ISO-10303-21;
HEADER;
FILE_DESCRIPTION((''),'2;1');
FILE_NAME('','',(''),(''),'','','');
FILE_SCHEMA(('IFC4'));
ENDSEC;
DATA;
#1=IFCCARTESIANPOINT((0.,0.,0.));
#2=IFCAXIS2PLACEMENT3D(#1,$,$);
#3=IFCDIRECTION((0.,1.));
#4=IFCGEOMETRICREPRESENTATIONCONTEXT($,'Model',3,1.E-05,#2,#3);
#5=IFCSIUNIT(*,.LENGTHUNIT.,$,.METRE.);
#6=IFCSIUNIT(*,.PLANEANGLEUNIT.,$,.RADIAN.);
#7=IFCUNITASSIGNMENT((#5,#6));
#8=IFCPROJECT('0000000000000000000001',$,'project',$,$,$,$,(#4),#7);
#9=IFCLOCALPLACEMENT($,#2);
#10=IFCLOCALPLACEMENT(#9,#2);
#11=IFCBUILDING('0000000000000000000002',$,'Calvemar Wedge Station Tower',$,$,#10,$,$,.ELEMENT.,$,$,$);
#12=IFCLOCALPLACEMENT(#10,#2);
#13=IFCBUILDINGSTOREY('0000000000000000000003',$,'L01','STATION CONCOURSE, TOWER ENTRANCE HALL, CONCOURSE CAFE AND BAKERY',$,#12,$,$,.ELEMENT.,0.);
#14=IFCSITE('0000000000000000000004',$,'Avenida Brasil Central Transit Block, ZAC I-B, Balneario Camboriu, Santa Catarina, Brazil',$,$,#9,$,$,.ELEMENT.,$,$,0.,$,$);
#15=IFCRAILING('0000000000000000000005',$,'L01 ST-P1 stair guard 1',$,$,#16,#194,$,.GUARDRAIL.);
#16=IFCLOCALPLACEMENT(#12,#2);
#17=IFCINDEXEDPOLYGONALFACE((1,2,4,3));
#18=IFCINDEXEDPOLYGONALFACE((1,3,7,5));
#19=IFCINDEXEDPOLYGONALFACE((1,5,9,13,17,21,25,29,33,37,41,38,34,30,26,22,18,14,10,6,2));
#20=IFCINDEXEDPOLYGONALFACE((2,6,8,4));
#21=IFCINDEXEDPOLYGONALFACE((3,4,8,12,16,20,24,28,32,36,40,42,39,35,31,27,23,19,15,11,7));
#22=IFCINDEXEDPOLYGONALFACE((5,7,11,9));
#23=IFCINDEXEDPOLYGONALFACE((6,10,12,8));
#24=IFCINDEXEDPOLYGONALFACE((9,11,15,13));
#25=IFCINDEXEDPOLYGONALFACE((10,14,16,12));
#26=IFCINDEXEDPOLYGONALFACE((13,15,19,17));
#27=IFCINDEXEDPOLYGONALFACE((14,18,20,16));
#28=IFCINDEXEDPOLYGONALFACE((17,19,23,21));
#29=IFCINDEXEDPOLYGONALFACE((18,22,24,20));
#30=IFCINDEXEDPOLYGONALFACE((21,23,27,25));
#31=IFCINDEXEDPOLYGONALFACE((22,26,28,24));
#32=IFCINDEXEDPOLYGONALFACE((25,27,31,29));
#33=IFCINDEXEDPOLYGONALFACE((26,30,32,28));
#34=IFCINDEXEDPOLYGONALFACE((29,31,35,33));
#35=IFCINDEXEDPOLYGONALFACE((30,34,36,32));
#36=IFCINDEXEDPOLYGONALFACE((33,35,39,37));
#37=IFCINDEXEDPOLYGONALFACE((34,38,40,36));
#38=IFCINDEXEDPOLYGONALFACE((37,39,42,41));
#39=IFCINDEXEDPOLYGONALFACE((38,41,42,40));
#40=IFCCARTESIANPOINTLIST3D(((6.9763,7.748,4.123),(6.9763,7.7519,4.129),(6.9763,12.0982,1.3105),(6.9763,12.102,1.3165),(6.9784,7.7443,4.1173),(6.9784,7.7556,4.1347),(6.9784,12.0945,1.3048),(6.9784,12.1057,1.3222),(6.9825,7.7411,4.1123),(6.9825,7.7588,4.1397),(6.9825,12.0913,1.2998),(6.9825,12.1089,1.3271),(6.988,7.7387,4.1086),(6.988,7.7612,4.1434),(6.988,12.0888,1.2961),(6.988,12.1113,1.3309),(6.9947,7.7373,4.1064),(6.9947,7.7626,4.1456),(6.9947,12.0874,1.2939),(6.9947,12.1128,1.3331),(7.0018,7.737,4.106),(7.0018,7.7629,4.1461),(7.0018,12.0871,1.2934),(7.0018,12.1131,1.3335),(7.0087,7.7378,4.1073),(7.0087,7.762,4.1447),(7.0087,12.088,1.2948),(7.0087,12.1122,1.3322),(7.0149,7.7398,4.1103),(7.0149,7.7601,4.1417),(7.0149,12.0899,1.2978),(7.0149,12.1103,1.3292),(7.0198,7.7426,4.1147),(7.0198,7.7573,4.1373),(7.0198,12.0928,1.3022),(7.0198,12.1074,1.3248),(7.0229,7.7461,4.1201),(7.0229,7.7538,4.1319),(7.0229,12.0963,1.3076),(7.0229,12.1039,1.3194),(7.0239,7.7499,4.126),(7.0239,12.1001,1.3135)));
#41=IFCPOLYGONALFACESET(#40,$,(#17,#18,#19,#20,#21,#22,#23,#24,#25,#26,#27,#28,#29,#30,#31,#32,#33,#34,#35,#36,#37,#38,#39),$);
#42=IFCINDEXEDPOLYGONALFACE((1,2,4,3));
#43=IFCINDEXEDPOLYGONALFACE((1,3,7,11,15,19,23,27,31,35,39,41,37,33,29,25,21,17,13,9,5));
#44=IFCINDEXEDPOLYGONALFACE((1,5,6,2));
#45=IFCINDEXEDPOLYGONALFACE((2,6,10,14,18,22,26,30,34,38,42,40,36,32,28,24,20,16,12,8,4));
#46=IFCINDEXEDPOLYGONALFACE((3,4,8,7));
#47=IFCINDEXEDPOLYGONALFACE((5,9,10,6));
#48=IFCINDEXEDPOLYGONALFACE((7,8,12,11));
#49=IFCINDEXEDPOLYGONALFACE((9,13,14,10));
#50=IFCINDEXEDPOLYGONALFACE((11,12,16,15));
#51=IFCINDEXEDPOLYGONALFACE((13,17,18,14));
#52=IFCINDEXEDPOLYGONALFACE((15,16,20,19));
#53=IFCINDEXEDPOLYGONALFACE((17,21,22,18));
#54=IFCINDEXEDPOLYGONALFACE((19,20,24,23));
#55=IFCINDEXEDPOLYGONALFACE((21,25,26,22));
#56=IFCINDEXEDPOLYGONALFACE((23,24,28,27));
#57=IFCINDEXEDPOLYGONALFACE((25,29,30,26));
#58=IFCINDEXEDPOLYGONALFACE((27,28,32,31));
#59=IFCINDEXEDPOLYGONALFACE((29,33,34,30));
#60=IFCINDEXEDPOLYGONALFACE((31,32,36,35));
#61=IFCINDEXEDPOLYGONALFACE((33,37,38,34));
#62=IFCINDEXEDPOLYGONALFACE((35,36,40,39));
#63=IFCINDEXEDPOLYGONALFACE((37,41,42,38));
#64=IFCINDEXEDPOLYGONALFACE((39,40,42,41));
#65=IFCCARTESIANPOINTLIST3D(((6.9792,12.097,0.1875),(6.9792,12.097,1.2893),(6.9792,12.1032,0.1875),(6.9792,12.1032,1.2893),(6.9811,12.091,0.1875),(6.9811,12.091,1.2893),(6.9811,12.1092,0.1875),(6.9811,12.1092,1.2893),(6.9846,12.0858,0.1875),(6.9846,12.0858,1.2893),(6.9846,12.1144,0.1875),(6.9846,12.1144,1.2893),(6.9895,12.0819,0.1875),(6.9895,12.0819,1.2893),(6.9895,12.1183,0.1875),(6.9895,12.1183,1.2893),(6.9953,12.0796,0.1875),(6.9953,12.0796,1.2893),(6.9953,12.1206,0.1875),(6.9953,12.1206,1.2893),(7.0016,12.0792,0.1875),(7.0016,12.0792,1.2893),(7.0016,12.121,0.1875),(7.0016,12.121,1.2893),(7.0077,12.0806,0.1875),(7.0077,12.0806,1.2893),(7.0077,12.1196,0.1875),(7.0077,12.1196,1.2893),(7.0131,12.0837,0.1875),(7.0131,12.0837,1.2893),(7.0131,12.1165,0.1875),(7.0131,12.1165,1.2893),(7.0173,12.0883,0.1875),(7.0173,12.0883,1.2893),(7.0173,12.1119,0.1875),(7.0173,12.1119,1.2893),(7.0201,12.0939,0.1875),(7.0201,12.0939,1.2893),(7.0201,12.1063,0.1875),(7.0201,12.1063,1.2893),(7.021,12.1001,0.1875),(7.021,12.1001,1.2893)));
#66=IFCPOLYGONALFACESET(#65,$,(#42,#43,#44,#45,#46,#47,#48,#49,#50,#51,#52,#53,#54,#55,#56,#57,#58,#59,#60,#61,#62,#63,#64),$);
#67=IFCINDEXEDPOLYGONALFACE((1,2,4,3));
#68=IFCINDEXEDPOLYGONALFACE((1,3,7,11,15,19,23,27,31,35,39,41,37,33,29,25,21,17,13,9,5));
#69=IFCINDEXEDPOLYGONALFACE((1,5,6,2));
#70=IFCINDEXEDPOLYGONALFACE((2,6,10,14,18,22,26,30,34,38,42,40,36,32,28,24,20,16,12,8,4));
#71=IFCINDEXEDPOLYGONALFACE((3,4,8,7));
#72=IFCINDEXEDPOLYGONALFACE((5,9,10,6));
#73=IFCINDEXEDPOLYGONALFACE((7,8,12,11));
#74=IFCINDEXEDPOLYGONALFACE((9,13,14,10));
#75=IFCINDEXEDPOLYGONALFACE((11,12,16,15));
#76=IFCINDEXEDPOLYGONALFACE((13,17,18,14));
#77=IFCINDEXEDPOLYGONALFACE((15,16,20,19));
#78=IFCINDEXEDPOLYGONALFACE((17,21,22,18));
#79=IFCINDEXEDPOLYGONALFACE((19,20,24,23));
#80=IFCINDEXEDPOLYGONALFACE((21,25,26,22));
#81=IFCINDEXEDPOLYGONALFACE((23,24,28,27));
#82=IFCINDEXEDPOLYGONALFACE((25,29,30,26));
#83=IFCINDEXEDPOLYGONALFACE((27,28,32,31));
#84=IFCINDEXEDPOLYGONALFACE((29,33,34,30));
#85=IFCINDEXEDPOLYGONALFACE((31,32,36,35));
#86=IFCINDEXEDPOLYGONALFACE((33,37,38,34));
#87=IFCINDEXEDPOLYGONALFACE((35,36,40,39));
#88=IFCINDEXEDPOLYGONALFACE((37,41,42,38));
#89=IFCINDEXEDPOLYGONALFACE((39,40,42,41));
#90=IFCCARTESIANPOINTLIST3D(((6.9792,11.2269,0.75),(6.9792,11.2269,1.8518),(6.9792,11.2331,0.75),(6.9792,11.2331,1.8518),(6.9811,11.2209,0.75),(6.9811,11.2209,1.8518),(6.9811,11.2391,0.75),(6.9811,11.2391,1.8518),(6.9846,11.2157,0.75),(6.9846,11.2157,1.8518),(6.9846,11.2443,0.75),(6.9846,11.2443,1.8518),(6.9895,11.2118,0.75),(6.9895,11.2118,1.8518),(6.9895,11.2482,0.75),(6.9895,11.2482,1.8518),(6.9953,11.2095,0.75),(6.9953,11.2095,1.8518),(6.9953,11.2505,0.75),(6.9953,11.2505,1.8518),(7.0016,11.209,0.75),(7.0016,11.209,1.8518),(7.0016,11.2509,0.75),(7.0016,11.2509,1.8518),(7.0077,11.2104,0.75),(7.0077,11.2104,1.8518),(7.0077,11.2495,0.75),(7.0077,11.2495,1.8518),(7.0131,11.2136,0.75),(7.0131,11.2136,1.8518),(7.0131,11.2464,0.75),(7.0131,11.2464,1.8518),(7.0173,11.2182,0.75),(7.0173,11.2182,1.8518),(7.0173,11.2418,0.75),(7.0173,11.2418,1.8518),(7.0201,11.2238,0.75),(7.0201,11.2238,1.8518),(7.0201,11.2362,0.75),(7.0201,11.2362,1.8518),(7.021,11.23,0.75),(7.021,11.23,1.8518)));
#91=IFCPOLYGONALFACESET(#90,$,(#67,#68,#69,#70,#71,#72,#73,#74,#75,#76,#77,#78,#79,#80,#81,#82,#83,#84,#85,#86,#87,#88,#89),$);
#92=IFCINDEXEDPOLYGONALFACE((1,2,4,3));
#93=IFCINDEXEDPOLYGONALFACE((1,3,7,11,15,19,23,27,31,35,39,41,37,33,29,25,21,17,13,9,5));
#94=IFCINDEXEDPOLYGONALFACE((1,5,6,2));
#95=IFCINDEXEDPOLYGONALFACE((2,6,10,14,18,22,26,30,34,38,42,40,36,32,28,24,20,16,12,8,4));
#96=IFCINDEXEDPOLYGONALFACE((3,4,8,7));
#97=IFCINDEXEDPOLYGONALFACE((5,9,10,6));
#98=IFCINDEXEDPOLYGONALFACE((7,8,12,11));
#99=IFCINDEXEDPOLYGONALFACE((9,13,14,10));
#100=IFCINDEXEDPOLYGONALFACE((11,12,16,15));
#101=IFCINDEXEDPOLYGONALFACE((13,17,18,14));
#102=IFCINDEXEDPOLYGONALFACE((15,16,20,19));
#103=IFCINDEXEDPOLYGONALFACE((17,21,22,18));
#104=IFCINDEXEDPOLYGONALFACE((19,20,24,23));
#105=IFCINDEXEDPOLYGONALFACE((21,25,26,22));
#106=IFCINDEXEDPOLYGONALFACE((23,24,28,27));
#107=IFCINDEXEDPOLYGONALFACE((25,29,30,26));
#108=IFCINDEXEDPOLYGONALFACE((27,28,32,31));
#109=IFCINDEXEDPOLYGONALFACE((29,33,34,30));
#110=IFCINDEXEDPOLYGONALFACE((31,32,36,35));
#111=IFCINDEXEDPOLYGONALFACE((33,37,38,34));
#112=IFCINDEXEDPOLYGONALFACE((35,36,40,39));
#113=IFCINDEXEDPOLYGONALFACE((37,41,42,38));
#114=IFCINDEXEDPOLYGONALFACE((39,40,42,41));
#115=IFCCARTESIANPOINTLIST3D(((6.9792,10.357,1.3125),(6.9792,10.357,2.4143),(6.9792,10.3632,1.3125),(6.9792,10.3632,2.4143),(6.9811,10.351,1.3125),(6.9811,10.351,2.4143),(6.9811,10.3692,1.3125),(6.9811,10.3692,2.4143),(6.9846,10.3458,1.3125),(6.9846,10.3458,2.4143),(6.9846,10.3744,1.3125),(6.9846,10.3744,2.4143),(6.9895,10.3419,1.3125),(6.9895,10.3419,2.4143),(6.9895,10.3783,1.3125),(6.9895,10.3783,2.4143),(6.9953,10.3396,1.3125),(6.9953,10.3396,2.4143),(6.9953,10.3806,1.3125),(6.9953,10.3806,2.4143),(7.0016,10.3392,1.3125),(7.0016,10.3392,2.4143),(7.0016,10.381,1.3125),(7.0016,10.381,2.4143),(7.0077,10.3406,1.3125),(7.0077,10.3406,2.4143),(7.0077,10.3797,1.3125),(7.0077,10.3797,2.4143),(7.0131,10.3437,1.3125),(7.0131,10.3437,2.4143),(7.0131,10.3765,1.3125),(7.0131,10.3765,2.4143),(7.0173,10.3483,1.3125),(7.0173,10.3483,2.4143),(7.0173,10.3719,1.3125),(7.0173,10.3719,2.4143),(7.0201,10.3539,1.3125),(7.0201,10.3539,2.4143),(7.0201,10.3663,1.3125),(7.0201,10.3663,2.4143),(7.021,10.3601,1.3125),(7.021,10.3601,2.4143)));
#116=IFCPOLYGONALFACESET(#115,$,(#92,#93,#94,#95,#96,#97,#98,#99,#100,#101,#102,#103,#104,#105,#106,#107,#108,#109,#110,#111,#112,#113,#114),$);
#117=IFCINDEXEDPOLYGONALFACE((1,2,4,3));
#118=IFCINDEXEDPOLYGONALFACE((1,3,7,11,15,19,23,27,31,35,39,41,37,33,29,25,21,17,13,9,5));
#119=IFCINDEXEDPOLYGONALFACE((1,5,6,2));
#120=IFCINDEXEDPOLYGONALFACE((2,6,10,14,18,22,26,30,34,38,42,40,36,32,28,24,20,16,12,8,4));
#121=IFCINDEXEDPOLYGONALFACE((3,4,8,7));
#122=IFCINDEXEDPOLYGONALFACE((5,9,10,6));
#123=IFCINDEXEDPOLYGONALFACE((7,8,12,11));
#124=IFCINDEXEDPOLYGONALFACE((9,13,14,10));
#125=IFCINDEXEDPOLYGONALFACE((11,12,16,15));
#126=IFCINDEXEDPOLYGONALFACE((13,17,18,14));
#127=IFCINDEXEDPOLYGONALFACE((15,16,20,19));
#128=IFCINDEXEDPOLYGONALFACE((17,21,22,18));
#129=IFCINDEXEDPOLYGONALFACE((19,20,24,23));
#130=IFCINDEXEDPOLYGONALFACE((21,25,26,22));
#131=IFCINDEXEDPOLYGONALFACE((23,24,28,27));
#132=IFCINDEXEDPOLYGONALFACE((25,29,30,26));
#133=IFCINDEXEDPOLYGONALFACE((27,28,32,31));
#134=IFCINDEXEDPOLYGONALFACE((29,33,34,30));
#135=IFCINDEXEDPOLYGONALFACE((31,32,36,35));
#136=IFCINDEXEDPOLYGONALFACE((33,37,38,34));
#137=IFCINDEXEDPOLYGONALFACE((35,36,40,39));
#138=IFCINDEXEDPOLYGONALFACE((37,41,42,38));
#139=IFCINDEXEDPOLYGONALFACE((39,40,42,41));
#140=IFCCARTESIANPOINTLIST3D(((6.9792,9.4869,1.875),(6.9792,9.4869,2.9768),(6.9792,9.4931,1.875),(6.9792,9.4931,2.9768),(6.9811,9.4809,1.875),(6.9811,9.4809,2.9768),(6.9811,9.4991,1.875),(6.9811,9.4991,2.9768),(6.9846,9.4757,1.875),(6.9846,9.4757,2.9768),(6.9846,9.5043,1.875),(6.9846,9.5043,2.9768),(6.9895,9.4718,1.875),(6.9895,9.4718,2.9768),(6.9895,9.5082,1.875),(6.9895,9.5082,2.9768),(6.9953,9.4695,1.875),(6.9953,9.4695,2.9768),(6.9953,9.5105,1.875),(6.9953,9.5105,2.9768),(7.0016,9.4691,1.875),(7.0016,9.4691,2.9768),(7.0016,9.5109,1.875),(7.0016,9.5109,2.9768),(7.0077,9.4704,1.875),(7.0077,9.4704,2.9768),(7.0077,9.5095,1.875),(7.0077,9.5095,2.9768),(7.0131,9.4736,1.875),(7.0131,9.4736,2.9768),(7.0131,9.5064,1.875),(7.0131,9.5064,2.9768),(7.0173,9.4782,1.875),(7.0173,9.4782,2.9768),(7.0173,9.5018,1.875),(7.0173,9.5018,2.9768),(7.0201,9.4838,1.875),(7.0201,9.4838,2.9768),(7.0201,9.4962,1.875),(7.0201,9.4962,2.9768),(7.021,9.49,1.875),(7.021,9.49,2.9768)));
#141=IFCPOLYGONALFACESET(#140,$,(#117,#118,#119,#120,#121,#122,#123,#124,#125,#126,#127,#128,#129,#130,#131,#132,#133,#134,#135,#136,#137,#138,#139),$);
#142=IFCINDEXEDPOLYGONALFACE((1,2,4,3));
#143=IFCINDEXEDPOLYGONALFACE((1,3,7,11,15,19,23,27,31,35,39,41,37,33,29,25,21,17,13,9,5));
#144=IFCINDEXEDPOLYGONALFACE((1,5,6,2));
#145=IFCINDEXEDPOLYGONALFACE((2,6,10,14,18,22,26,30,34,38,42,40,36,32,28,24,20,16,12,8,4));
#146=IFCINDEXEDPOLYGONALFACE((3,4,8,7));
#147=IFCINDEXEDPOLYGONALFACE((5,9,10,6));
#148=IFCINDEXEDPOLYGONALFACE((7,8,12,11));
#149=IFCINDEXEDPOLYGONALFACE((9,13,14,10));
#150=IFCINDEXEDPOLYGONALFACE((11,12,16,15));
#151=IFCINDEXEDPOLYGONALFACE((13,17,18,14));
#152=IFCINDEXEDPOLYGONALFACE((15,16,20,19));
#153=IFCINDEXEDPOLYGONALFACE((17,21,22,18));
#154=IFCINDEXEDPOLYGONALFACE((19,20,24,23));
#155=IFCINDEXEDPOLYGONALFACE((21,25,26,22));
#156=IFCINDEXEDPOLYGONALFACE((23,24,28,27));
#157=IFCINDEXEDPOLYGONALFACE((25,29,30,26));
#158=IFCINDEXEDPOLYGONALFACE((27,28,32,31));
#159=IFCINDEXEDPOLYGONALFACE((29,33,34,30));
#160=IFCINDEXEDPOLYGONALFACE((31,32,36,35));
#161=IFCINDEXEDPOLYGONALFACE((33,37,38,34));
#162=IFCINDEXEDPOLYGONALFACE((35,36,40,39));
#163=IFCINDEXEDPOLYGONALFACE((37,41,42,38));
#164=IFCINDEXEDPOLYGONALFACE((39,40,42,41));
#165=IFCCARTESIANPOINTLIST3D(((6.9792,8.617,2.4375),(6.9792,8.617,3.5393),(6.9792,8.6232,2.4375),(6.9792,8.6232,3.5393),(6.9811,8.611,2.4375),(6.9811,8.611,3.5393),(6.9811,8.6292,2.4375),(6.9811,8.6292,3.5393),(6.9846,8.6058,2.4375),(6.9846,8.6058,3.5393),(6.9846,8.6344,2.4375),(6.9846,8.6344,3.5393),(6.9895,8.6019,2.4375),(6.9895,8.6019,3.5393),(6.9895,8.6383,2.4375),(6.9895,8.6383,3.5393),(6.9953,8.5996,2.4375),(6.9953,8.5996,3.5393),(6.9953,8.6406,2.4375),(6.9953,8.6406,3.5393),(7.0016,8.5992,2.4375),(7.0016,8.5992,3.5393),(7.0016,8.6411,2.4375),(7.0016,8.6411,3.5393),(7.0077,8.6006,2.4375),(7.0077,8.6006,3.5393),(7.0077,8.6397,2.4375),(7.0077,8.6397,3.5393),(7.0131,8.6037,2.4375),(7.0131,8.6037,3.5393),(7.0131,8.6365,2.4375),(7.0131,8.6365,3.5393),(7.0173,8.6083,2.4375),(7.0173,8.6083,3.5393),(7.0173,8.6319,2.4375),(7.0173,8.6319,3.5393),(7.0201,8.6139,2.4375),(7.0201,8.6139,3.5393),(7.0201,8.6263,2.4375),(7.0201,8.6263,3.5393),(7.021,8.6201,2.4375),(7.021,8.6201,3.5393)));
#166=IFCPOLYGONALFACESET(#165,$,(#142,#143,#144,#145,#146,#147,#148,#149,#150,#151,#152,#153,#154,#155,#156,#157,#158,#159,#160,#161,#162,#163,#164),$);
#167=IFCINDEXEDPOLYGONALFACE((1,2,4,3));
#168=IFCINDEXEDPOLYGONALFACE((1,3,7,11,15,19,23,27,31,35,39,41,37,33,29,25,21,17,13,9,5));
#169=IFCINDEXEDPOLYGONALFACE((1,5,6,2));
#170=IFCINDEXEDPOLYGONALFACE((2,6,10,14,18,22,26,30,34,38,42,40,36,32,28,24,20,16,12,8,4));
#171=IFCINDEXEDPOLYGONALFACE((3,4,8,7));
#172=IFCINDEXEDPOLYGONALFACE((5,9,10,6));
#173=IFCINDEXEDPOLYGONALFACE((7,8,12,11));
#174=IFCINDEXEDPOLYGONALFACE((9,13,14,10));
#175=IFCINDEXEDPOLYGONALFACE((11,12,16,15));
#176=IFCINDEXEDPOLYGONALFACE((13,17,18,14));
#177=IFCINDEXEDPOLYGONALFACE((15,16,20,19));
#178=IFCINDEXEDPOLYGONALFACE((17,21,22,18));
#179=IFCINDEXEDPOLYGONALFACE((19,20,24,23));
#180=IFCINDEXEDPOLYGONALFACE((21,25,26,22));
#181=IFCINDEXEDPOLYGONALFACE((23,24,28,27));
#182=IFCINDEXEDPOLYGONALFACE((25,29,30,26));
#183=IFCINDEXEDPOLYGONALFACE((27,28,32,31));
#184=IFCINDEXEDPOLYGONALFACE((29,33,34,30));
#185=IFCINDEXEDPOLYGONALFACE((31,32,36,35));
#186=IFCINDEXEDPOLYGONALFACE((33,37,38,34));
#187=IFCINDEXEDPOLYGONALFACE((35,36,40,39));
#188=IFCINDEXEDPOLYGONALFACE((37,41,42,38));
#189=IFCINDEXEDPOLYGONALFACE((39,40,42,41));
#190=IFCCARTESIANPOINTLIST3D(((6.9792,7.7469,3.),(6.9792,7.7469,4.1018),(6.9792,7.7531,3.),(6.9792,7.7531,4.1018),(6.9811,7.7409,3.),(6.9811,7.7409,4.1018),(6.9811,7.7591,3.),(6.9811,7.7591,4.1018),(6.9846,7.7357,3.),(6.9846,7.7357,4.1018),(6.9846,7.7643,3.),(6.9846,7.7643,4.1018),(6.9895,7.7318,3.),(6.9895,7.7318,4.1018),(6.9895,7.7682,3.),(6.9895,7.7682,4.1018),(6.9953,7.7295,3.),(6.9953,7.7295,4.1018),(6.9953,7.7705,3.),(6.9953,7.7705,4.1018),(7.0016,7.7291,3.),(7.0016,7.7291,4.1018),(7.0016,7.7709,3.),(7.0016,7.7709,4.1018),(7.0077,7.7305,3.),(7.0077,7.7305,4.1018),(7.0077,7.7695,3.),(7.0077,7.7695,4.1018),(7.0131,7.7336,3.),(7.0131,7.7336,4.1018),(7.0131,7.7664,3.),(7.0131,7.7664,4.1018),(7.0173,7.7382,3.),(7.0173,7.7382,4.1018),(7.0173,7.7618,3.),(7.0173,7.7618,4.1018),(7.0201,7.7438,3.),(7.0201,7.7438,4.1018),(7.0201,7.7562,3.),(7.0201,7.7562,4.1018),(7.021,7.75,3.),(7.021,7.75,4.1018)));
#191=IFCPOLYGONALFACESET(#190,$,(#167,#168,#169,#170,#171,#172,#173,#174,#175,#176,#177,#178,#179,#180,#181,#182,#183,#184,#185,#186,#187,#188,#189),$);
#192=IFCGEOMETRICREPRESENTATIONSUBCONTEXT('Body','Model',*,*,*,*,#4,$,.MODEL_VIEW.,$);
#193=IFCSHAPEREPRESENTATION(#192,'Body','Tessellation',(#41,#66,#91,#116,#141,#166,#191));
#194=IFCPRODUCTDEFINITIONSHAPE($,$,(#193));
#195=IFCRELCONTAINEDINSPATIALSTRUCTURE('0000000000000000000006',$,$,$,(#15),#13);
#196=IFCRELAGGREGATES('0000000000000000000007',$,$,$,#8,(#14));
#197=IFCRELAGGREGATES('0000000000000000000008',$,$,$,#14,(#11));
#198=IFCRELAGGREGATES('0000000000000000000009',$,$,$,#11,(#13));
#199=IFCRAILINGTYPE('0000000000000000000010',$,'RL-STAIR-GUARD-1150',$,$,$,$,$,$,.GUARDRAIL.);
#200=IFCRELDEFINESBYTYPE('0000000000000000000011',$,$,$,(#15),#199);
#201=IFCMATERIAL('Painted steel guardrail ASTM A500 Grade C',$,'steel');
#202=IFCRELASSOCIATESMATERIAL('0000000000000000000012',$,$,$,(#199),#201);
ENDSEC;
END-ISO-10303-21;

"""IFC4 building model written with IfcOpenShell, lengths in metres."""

from ifc_helpers import new_model, si_unit, direction, frame, origin, origin_2d, place, context, subcontext, project, spatial, circle, extrude, material, type_object, element, save


model = new_model("IFC4")

# Units and contexts
model_context = context("Model", 3, precision=1e-05, world=origin(), true_north=direction((0.0, 1.0)))
body_context = subcontext(model_context, "Body", "Model", "MODEL_VIEW")
ifc_project = project(units=[si_unit("LENGTHUNIT", "METRE"), si_unit("PLANEANGLEUNIT", "RADIAN")], contexts=[model_context])

# Site, building, storey
site_placement = place(None, origin())
site = spatial("IfcSite", under=ifc_project, at=site_placement, Name="Avenida Brasil Central Transit Block, ZAC I-B, Balneario Camboriu, Santa Catarina, Brazil", CompositionType="ELEMENT", RefElevation=0.0)
building_placement = place(site_placement, origin())
building = spatial("IfcBuilding", under=site, at=building_placement, Name="Calvemar Wedge Station Tower", CompositionType="ELEMENT")
storey_placement = place(building_placement, origin())
storey = spatial("IfcBuildingStorey", under=building, at=storey_placement, Name="L01", Description="STATION CONCOURSE, TOWER ENTRANCE HALL, CONCOURSE CAFE AND BAKERY", CompositionType="ELEMENT", Elevation=0.0)

# Railing
ifc_material_1 = material(Name="Painted steel guardrail ASTM A500 Grade C", Category="steel")
railing_type_1 = type_object("IfcRailingType", Name="RL-STAIR-GUARD-1150", PredefinedType="GUARDRAIL", material=ifc_material_1)
railing_1_placement = place(storey_placement, frame((7.0, 12.1001, 0.1875)))
element("IfcRailing", 1, at=railing_1_placement, inside=storey, type_object=railing_type_1, Name="L01 ST-P1 stair guard 1", PredefinedType="GUARDRAIL", context=body_context, shape_type="SweptSolid", body=[
    extrude(circle(Radius=0.0239, at=origin_2d()), frame((0.0, 0.0, 1.126), z_axis=(0.0, -0.83977, 0.542942), x_axis=(1.0, 0.0, 0.0)), (0.0, 0.0, 1.0), 5.1802),
    extrude(circle(Radius=0.021, at=origin_2d()), origin(), (0.0, 0.0, 1.0), 1.1018),
    extrude(circle(Radius=0.021, at=origin_2d()), frame((0.0, -0.8701, 0.5625)), (0.0, 0.0, 1.0), 1.1018),
    extrude(circle(Radius=0.021, at=origin_2d()), frame((0.0, -1.74, 1.125)), (0.0, 0.0, 1.0), 1.1018),
    extrude(circle(Radius=0.021, at=origin_2d()), frame((0.0, -2.6101, 1.6875)), (0.0, 0.0, 1.0), 1.1018),
    extrude(circle(Radius=0.021, at=origin_2d()), frame((0.0, -3.48, 2.25)), (0.0, 0.0, 1.0), 1.1018),
    extrude(circle(Radius=0.021, at=origin_2d()), frame((0.0, -4.3501, 2.8125)), (0.0, 0.0, 1.0), 1.1018),
])

save(model, "model.ifc")
